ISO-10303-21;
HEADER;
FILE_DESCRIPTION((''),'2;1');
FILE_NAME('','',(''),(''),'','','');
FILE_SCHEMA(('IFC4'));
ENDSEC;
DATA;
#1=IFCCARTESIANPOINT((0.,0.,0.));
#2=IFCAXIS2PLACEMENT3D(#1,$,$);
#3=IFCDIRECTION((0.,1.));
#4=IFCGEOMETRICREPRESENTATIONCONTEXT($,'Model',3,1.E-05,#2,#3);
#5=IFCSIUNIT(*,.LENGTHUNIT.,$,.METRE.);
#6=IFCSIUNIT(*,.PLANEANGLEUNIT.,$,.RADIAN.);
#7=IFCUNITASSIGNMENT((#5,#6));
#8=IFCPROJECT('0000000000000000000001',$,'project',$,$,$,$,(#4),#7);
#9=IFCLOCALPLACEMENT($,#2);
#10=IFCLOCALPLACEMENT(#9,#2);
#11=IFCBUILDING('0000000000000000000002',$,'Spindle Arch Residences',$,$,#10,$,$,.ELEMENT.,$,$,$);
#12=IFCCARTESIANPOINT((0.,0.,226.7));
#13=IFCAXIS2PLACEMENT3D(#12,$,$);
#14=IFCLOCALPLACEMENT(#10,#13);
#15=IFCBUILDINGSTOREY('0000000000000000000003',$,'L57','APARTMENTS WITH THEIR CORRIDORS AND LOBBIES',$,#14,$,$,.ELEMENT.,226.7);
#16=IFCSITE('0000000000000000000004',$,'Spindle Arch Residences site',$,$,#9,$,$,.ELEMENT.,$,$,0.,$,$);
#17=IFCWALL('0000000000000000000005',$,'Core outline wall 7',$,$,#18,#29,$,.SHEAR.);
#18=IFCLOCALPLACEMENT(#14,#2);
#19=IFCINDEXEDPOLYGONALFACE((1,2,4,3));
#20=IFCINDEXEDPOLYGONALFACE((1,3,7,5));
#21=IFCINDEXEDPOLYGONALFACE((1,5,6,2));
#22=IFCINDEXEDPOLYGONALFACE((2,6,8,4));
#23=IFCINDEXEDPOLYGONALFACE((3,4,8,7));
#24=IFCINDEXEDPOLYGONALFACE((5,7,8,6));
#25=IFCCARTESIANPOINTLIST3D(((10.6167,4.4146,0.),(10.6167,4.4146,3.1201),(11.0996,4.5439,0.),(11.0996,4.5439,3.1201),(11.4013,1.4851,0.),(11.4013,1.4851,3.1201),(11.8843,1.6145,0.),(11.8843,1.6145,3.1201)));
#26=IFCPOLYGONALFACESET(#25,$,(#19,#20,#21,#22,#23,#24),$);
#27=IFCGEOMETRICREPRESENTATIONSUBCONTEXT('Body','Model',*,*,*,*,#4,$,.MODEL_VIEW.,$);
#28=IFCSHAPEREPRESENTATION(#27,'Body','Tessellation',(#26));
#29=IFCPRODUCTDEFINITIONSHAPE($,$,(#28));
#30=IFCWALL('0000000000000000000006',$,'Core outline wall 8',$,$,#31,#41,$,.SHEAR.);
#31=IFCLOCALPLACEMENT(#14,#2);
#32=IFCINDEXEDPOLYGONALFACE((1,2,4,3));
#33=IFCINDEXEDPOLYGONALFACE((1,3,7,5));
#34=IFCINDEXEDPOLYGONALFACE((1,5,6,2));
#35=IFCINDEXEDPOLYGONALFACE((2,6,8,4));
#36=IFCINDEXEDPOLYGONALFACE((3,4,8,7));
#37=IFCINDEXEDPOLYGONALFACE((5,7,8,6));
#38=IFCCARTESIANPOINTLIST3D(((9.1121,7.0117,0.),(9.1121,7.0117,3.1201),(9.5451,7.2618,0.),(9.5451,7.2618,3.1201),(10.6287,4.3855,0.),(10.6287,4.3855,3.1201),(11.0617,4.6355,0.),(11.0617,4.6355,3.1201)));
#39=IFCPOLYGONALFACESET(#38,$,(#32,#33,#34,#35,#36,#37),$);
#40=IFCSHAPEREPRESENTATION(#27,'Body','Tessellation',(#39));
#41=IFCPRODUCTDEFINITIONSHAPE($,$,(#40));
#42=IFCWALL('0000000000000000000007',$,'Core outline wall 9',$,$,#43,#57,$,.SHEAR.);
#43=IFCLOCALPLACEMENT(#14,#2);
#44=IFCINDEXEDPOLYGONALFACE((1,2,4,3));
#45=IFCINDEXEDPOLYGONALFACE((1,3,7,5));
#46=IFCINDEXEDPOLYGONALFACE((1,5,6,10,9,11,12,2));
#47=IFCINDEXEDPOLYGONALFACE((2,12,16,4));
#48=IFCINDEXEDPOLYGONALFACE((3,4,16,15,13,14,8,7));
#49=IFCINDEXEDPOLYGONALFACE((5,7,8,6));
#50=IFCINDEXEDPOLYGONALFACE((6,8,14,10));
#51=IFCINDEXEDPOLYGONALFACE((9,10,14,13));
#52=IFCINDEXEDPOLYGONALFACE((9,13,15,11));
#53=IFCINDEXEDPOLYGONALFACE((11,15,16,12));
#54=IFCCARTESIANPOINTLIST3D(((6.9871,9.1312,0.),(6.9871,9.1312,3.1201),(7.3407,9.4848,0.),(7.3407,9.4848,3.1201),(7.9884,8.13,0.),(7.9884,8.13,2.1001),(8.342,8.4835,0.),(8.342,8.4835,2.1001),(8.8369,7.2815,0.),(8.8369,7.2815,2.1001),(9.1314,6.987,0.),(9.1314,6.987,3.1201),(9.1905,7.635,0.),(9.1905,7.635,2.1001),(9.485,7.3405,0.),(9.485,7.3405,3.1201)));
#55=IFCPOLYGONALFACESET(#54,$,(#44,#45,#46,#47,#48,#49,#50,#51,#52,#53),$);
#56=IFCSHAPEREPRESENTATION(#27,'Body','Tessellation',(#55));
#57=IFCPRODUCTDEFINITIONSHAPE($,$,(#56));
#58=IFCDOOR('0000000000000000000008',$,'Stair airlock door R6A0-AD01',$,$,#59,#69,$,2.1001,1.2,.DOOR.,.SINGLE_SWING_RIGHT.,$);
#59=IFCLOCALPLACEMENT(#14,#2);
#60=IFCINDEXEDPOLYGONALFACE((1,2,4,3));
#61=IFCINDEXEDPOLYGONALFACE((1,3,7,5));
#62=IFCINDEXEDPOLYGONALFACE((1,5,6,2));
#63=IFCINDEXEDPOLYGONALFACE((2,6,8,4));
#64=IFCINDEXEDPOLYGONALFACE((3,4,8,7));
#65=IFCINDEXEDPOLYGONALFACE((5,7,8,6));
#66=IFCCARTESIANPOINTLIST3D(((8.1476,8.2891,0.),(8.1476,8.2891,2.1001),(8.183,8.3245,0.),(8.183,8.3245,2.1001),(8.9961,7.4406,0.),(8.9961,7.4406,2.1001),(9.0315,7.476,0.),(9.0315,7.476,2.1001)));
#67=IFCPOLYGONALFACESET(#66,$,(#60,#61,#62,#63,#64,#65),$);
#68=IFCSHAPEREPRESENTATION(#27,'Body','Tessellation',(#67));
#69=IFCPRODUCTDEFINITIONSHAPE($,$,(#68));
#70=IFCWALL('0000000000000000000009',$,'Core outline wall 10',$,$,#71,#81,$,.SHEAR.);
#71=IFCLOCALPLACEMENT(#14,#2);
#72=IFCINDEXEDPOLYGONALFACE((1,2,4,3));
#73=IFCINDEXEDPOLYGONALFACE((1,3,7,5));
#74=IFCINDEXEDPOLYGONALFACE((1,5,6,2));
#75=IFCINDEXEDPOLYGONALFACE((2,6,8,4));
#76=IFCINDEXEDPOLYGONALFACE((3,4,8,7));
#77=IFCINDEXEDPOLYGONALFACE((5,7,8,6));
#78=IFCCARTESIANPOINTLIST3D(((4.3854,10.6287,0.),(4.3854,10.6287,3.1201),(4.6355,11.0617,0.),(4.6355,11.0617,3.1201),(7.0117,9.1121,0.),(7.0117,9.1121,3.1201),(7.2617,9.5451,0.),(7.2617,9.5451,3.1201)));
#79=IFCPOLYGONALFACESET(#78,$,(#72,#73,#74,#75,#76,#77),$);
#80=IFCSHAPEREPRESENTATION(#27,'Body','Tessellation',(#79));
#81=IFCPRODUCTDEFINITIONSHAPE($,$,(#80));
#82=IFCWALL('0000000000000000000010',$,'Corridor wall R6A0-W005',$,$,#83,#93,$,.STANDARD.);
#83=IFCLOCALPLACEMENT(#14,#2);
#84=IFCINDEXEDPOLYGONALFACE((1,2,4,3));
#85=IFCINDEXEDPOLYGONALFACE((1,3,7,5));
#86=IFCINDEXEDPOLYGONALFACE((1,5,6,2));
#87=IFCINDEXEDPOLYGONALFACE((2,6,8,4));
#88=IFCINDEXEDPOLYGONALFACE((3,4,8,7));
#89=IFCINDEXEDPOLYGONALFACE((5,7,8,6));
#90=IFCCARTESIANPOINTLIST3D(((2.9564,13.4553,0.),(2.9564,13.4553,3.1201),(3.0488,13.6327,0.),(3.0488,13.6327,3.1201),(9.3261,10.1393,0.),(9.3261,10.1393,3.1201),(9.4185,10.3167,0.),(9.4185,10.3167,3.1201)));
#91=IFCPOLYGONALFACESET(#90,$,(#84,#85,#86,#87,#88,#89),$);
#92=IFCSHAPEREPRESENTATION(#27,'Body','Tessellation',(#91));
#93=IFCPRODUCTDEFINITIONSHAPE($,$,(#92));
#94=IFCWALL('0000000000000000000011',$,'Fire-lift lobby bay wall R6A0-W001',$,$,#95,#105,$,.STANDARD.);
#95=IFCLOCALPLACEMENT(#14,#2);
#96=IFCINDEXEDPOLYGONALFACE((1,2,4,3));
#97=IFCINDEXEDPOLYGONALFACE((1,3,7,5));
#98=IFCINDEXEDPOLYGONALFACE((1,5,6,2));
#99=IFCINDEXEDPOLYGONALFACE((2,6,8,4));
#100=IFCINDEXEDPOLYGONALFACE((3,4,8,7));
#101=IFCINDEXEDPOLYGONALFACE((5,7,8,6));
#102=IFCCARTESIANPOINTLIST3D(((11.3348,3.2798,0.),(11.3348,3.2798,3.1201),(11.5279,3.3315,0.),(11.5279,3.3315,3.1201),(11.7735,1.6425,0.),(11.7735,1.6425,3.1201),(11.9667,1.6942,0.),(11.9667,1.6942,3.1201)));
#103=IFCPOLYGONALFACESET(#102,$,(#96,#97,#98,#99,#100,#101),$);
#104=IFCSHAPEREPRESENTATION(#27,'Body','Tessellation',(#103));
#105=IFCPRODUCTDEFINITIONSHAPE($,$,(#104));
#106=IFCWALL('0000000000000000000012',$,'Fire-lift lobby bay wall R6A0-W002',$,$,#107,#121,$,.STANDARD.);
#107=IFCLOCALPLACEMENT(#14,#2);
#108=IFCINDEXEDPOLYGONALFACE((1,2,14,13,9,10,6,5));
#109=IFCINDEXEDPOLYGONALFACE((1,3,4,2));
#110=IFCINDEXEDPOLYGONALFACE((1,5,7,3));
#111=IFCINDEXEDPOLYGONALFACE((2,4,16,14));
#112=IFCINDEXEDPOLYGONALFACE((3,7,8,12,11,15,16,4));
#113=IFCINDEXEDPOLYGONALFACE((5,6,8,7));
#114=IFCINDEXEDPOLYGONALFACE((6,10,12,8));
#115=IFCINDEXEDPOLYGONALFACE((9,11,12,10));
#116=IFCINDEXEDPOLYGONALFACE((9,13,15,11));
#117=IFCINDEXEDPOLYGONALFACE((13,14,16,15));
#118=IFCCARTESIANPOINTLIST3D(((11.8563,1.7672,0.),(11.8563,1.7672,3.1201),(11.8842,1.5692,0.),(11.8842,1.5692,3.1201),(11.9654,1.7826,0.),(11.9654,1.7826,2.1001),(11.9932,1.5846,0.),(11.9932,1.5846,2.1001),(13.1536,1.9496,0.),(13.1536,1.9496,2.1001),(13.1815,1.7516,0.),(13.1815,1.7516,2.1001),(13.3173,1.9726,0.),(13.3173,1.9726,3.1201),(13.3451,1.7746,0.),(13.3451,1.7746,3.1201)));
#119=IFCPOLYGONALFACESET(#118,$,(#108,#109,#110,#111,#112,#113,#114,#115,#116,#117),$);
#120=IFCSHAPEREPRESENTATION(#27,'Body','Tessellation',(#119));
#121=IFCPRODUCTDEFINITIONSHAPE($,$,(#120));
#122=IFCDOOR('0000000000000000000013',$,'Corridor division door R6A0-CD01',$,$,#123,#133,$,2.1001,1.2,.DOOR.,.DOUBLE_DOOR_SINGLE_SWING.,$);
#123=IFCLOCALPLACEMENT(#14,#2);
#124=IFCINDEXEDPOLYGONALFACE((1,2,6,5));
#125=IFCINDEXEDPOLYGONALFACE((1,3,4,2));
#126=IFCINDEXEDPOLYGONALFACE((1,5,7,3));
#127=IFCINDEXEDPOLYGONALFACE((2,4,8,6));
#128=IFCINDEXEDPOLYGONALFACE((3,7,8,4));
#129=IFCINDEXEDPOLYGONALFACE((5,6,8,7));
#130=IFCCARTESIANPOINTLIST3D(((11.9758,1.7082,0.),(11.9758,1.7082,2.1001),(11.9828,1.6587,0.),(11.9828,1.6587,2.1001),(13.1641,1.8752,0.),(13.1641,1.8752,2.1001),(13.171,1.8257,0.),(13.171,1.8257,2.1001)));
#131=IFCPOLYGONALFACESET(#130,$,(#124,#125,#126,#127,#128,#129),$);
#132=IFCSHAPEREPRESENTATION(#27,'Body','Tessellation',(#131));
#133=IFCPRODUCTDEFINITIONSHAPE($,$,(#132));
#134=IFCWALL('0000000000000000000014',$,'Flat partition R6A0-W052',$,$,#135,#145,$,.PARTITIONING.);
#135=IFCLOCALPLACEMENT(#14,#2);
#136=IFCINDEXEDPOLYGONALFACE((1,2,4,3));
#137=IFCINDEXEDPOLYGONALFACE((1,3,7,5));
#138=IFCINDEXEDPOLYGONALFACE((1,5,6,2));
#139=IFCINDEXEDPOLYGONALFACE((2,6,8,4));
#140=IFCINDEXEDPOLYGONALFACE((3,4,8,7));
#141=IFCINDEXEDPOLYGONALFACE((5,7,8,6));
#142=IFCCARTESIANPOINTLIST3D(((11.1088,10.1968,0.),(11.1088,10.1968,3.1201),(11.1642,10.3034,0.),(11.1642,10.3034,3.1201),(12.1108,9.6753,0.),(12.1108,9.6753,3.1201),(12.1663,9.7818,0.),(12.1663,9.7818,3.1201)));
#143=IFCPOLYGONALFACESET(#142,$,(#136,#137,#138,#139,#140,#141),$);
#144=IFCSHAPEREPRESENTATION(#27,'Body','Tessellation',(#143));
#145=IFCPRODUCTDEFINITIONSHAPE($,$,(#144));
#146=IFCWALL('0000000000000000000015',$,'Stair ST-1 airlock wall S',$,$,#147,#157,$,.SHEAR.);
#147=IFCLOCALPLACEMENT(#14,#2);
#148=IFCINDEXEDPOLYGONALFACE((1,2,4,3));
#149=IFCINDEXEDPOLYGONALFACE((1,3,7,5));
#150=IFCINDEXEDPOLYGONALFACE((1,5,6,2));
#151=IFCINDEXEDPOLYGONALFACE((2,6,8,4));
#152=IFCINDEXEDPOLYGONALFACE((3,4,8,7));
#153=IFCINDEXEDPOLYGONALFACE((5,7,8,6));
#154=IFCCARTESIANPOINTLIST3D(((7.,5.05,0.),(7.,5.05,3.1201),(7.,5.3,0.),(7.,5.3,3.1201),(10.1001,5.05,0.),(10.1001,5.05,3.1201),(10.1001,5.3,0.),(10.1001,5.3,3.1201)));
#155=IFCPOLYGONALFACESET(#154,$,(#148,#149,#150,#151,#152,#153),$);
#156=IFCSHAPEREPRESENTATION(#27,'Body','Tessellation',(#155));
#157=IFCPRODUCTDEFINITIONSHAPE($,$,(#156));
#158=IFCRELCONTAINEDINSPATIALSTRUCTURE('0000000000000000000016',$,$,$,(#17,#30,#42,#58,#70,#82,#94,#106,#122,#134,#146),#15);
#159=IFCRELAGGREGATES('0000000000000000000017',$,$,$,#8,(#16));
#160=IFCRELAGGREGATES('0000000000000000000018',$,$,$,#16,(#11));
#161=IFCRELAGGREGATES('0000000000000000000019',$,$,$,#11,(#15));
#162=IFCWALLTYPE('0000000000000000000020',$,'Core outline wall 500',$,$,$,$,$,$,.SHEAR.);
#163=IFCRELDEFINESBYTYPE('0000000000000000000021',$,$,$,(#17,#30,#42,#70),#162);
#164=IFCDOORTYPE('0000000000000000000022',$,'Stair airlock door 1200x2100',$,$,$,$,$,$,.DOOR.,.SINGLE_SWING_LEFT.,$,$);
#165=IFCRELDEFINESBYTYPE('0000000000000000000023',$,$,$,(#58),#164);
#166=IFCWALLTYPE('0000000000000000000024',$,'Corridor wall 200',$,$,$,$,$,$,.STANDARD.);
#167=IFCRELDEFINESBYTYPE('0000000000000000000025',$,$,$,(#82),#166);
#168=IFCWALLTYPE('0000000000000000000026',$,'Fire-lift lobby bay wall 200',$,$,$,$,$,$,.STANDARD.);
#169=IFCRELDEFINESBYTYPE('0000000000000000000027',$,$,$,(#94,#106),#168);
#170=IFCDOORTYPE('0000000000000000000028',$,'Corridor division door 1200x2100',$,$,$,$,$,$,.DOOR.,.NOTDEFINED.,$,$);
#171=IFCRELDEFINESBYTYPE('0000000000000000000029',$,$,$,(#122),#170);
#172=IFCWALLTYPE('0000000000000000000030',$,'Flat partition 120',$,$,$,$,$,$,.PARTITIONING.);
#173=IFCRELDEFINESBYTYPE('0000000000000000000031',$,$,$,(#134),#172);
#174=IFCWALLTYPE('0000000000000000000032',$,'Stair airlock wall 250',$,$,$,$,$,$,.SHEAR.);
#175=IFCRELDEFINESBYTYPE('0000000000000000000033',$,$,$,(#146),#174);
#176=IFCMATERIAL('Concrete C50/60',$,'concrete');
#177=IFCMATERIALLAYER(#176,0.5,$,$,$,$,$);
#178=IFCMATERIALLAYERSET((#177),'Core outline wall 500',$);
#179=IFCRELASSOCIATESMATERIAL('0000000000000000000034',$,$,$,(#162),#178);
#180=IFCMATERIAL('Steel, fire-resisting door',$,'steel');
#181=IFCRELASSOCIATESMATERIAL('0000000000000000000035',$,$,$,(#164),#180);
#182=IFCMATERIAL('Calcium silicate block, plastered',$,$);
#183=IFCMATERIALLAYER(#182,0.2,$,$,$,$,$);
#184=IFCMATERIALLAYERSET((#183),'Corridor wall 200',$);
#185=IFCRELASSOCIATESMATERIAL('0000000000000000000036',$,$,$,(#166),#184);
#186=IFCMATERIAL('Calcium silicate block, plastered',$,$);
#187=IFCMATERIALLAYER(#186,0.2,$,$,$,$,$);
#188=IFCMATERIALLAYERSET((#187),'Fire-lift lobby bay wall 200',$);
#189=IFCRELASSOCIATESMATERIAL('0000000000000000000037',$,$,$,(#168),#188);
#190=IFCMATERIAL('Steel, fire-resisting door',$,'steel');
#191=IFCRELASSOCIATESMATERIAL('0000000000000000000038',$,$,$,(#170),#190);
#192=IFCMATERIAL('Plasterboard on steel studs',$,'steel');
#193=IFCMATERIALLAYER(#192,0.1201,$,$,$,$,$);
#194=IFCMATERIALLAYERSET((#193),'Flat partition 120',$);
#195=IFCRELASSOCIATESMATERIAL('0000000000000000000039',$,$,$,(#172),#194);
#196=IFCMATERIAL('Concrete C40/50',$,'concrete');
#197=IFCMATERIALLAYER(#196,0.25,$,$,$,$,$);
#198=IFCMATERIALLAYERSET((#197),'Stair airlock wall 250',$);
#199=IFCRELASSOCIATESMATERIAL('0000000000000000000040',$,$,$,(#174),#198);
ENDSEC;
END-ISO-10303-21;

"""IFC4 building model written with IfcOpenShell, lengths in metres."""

from ifc_helpers import new_model, si_unit, direction, frame, frame_2d, origin, place, context, subcontext, project, spatial, rectangle, extrude, material, layer, layer_set, type_object, element, fill, save


model = new_model("IFC4")

# Units and contexts
model_context = context("Model", 3, precision=1e-05, world=origin(), true_north=direction((0.0, 1.0)))
body_context = subcontext(model_context, "Body", "Model", "MODEL_VIEW")
ifc_project = project(units=[si_unit("LENGTHUNIT", "METRE"), si_unit("PLANEANGLEUNIT", "RADIAN")], contexts=[model_context])

# Site, building, storey
site_placement = place(None, origin())
site = spatial("IfcSite", under=ifc_project, at=site_placement, Name="Spindle Arch Residences site", CompositionType="ELEMENT", RefElevation=0.0)
building_placement = place(site_placement, origin())
building = spatial("IfcBuilding", under=site, at=building_placement, Name="Spindle Arch Residences", CompositionType="ELEMENT")
storey_placement = place(building_placement, frame((0.0, 0.0, 226.7)))
storey = spatial("IfcBuildingStorey", under=building, at=storey_placement, Name="L57", Description="APARTMENTS WITH THEIR CORRIDORS AND LOBBIES", CompositionType="ELEMENT", Elevation=226.7)

# Walls
ifc_material_1 = material(Name="Concrete C50/60", Category="concrete")
ifc_layer_1 = layer(ifc_material_1, 0.5)
ifc_layer_set_1 = layer_set([ifc_layer_1], Name="Core outline wall 500")
wall_type_1 = type_object("IfcWallType", Name="Core outline wall 500", PredefinedType="SHEAR", material=ifc_layer_set_1)
for number, where, z_axis, x_axis, name in (
    (1, (11.6428, 1.5498, 0.0), (0.0, 0.0, 1.0), (-0.258735, 0.965948, 0.0), "Core outline wall 7"),
    (2, (10.8452, 4.5105, 0.0), (0.0, 0.0, 1.0), (-0.500087, 0.865975, 0.0), "Core outline wall 8"),
):
    element("IfcWall", number, at=place(storey_placement, frame(where, z_axis=z_axis, x_axis=x_axis)), inside=storey, type_object=wall_type_1, Name=name, PredefinedType="SHEAR", context=body_context, shape_type="SweptSolid", body=[
        extrude(rectangle(XDim=3.0327, YDim=0.5, at=frame_2d((1.5164, 0.0))), origin(), (0.0, 0.0, 1.0), 3.1201),
    ])

# Wall, opening, door
wall_1_placement = place(storey_placement, frame((9.3081, 7.1638, 0.0), z_axis=(0.0, 0.0, 1.0), x_axis=(-0.707107, 0.707107, 0.0)))
wall_1 = element("IfcWall", 3, at=wall_1_placement, inside=storey, type_object=wall_type_1, Name="Core outline wall 9", PredefinedType="SHEAR", context=body_context, shape_type="SweptSolid", body=[
    extrude(rectangle(XDim=3.0325, YDim=0.5, at=frame_2d((1.5161, 0.0))), origin(), (0.0, 0.0, 1.0), 3.1201),
])
opening_1_placement = place(wall_1_placement, frame((0.4163, 0.0, 0.0)))
opening_1 = element("IfcOpeningElement", 4, at=opening_1_placement, cuts=wall_1, PredefinedType="OPENING", context=body_context, shape_type="SweptSolid", body=[
    extrude(rectangle(XDim=1.2, YDim=2.1001, at=frame_2d((0.6001, 1.05))), frame((0.0, 0.26, 0.0), z_axis=(0.0, -1.0, 0.0), x_axis=(1.0, 0.0, 0.0)), (0.0, 0.0, 1.0), 0.52),
])
ifc_material_2 = material(Name="Steel, fire-resisting door", Category="steel")
door_type_1 = type_object("IfcDoorType", Name="Stair airlock door 1200x2100", OperationType="SINGLE_SWING_LEFT", PredefinedType="DOOR", material=ifc_material_2)
door_1_placement = place(opening_1_placement, origin())
door_1 = element("IfcDoor", 5, at=door_1_placement, inside=storey, type_object=door_type_1, Name="Stair airlock door R6A0-AD01", OperationType="SINGLE_SWING_RIGHT", OverallHeight=2.1001, OverallWidth=1.2, PredefinedType="DOOR", context=body_context, shape_type="SweptSolid", body=[
    extrude(rectangle(XDim=1.2, YDim=2.1001, at=frame_2d((0.6001, 1.05))), frame((0.0, 0.0249, 0.0), z_axis=(0.0, -1.0, 0.0), x_axis=(1.0, 0.0, 0.0)), (0.0, 0.0, 1.0), 0.05),
])
fill(opening_1, door_1)

# Walls
wall_2_placement = place(storey_placement, frame((7.1367, 9.3286, 0.0), z_axis=(0.0, 0.0, 1.0), x_axis=(-0.865975, 0.500087, 0.0)))
element("IfcWall", 6, at=wall_2_placement, inside=storey, type_object=wall_type_1, Name="Core outline wall 10", PredefinedType="SHEAR", context=body_context, shape_type="SweptSolid", body=[
    extrude(rectangle(XDim=3.0327, YDim=0.5, at=frame_2d((1.5164, 0.0))), origin(), (0.0, 0.0, 1.0), 3.1201),
])
ifc_material_3 = material(Name="Calcium silicate block, plastered")
ifc_layer_2 = layer(ifc_material_3, 0.2)
ifc_layer_set_2 = layer_set([ifc_layer_2], Name="Corridor wall 200")
wall_type_2 = type_object("IfcWallType", Name="Corridor wall 200", PredefinedType="STANDARD", material=ifc_layer_set_2)
wall_3_placement = place(storey_placement, frame((9.3723, 10.228, 0.0), z_axis=(0.0, 0.0, 1.0), x_axis=(-0.887005, 0.461759, 0.0)))
element("IfcWall", 7, at=wall_3_placement, inside=storey, type_object=wall_type_2, Name="Corridor wall R6A0-W005", PredefinedType="STANDARD", context=body_context, shape_type="SweptSolid", body=[
    extrude(rectangle(XDim=7.1812, YDim=0.2, at=frame_2d((3.5906, 0.0))), origin(), (0.0, 0.0, 1.0), 3.1201),
])
ifc_material_4 = material(Name="Calcium silicate block, plastered")
ifc_layer_3 = layer(ifc_material_4, 0.2)
ifc_layer_set_3 = layer_set([ifc_layer_3], Name="Fire-lift lobby bay wall 200")
wall_type_3 = type_object("IfcWallType", Name="Fire-lift lobby bay wall 200", PredefinedType="STANDARD", material=ifc_layer_set_3)
wall_4_placement = place(storey_placement, frame((11.8701, 1.6682, 0.0), z_axis=(0.0, 0.0, 1.0), x_axis=(-0.258837, 0.965921, 0.0)))
element("IfcWall", 8, at=wall_4_placement, inside=storey, type_object=wall_type_3, Name="Fire-lift lobby bay wall R6A0-W001", PredefinedType="STANDARD", context=body_context, shape_type="SweptSolid", body=[
    extrude(rectangle(XDim=1.6951, YDim=0.2, at=frame_2d((0.8477, 0.0))), origin(), (0.0, 0.0, 1.0), 3.1201),
])

# Wall, opening, door
wall_5_placement = place(storey_placement, frame((11.8701, 1.6682, 0.0), z_axis=(0.0, 0.0, 1.0), x_axis=(0.990268, 0.139174, 0.0)))
wall_5 = element("IfcWall", 9, at=wall_5_placement, inside=storey, type_object=wall_type_3, Name="Fire-lift lobby bay wall R6A0-W002", PredefinedType="STANDARD", context=body_context, shape_type="SweptSolid", body=[
    extrude(rectangle(XDim=1.4753, YDim=0.2, at=frame_2d((0.7378, 0.0))), origin(), (0.0, 0.0, 1.0), 3.1201),
])
opening_2_placement = place(wall_5_placement, frame((0.1101, 0.0, 0.0)))
opening_2 = element("IfcOpeningElement", 10, at=opening_2_placement, cuts=wall_5, PredefinedType="OPENING", context=body_context, shape_type="SweptSolid", body=[
    extrude(rectangle(XDim=1.2, YDim=2.1001, at=frame_2d((0.6001, 1.05))), frame((0.0, 0.1099, 0.0), z_axis=(0.0, -1.0, 0.0), x_axis=(1.0, 0.0, 0.0)), (0.0, 0.0, 1.0), 0.22),
])
ifc_material_5 = material(Name="Steel, fire-resisting door", Category="steel")
door_type_2 = type_object("IfcDoorType", Name="Corridor division door 1200x2100", OperationType="NOTDEFINED", PredefinedType="DOOR", material=ifc_material_5)
door_2_placement = place(opening_2_placement, origin())
door_2 = element("IfcDoor", 11, at=door_2_placement, inside=storey, type_object=door_type_2, Name="Corridor division door R6A0-CD01", OperationType="DOUBLE_DOOR_SINGLE_SWING", OverallHeight=2.1001, OverallWidth=1.2, PredefinedType="DOOR", context=body_context, shape_type="SweptSolid", body=[
    extrude(rectangle(XDim=1.2, YDim=2.1001, at=frame_2d((0.6001, 1.05))), frame((0.0, 0.0249, 0.0), z_axis=(0.0, -1.0, 0.0), x_axis=(1.0, 0.0, 0.0)), (0.0, 0.0, 1.0), 0.05),
])
fill(opening_2, door_2)

# Walls
ifc_material_6 = material(Name="Plasterboard on steel studs", Category="steel")
ifc_layer_4 = layer(ifc_material_6, 0.1201)
ifc_layer_set_4 = layer_set([ifc_layer_4], Name="Flat partition 120")
wall_type_4 = type_object("IfcWallType", Name="Flat partition 120", PredefinedType="PARTITIONING", material=ifc_layer_set_4)
wall_6_placement = place(storey_placement, frame((12.1387, 9.7285, 0.0), z_axis=(0.0, 0.0, 1.0), x_axis=(-0.887047, 0.461679, 0.0)))
element("IfcWall", 12, at=wall_6_placement, inside=storey, type_object=wall_type_4, Name="Flat partition R6A0-W052", PredefinedType="PARTITIONING", context=body_context, shape_type="SweptSolid", body=[
    extrude(rectangle(XDim=1.1296, YDim=0.1201, at=frame_2d((0.5649, 0.0))), origin(), (0.0, 0.0, 1.0), 3.1201),
])
ifc_material_7 = material(Name="Concrete C40/50", Category="concrete")
ifc_layer_5 = layer(ifc_material_7, 0.25)
ifc_layer_set_5 = layer_set([ifc_layer_5], Name="Stair airlock wall 250")
wall_type_5 = type_object("IfcWallType", Name="Stair airlock wall 250", PredefinedType="SHEAR", material=ifc_layer_set_5)
wall_7_placement = place(storey_placement, frame((7.0, 5.175, 0.0), z_axis=(0.0, 0.0, 1.0), x_axis=(1.0, 0.0, 0.0)))
element("IfcWall", 13, at=wall_7_placement, inside=storey, type_object=wall_type_5, Name="Stair ST-1 airlock wall S", PredefinedType="SHEAR", context=body_context, shape_type="SweptSolid", body=[
    extrude(rectangle(XDim=3.1001, YDim=0.25, at=frame_2d((1.55, 0.0))), origin(), (0.0, 0.0, 1.0), 3.1201),
])

save(model, "model.ifc")
